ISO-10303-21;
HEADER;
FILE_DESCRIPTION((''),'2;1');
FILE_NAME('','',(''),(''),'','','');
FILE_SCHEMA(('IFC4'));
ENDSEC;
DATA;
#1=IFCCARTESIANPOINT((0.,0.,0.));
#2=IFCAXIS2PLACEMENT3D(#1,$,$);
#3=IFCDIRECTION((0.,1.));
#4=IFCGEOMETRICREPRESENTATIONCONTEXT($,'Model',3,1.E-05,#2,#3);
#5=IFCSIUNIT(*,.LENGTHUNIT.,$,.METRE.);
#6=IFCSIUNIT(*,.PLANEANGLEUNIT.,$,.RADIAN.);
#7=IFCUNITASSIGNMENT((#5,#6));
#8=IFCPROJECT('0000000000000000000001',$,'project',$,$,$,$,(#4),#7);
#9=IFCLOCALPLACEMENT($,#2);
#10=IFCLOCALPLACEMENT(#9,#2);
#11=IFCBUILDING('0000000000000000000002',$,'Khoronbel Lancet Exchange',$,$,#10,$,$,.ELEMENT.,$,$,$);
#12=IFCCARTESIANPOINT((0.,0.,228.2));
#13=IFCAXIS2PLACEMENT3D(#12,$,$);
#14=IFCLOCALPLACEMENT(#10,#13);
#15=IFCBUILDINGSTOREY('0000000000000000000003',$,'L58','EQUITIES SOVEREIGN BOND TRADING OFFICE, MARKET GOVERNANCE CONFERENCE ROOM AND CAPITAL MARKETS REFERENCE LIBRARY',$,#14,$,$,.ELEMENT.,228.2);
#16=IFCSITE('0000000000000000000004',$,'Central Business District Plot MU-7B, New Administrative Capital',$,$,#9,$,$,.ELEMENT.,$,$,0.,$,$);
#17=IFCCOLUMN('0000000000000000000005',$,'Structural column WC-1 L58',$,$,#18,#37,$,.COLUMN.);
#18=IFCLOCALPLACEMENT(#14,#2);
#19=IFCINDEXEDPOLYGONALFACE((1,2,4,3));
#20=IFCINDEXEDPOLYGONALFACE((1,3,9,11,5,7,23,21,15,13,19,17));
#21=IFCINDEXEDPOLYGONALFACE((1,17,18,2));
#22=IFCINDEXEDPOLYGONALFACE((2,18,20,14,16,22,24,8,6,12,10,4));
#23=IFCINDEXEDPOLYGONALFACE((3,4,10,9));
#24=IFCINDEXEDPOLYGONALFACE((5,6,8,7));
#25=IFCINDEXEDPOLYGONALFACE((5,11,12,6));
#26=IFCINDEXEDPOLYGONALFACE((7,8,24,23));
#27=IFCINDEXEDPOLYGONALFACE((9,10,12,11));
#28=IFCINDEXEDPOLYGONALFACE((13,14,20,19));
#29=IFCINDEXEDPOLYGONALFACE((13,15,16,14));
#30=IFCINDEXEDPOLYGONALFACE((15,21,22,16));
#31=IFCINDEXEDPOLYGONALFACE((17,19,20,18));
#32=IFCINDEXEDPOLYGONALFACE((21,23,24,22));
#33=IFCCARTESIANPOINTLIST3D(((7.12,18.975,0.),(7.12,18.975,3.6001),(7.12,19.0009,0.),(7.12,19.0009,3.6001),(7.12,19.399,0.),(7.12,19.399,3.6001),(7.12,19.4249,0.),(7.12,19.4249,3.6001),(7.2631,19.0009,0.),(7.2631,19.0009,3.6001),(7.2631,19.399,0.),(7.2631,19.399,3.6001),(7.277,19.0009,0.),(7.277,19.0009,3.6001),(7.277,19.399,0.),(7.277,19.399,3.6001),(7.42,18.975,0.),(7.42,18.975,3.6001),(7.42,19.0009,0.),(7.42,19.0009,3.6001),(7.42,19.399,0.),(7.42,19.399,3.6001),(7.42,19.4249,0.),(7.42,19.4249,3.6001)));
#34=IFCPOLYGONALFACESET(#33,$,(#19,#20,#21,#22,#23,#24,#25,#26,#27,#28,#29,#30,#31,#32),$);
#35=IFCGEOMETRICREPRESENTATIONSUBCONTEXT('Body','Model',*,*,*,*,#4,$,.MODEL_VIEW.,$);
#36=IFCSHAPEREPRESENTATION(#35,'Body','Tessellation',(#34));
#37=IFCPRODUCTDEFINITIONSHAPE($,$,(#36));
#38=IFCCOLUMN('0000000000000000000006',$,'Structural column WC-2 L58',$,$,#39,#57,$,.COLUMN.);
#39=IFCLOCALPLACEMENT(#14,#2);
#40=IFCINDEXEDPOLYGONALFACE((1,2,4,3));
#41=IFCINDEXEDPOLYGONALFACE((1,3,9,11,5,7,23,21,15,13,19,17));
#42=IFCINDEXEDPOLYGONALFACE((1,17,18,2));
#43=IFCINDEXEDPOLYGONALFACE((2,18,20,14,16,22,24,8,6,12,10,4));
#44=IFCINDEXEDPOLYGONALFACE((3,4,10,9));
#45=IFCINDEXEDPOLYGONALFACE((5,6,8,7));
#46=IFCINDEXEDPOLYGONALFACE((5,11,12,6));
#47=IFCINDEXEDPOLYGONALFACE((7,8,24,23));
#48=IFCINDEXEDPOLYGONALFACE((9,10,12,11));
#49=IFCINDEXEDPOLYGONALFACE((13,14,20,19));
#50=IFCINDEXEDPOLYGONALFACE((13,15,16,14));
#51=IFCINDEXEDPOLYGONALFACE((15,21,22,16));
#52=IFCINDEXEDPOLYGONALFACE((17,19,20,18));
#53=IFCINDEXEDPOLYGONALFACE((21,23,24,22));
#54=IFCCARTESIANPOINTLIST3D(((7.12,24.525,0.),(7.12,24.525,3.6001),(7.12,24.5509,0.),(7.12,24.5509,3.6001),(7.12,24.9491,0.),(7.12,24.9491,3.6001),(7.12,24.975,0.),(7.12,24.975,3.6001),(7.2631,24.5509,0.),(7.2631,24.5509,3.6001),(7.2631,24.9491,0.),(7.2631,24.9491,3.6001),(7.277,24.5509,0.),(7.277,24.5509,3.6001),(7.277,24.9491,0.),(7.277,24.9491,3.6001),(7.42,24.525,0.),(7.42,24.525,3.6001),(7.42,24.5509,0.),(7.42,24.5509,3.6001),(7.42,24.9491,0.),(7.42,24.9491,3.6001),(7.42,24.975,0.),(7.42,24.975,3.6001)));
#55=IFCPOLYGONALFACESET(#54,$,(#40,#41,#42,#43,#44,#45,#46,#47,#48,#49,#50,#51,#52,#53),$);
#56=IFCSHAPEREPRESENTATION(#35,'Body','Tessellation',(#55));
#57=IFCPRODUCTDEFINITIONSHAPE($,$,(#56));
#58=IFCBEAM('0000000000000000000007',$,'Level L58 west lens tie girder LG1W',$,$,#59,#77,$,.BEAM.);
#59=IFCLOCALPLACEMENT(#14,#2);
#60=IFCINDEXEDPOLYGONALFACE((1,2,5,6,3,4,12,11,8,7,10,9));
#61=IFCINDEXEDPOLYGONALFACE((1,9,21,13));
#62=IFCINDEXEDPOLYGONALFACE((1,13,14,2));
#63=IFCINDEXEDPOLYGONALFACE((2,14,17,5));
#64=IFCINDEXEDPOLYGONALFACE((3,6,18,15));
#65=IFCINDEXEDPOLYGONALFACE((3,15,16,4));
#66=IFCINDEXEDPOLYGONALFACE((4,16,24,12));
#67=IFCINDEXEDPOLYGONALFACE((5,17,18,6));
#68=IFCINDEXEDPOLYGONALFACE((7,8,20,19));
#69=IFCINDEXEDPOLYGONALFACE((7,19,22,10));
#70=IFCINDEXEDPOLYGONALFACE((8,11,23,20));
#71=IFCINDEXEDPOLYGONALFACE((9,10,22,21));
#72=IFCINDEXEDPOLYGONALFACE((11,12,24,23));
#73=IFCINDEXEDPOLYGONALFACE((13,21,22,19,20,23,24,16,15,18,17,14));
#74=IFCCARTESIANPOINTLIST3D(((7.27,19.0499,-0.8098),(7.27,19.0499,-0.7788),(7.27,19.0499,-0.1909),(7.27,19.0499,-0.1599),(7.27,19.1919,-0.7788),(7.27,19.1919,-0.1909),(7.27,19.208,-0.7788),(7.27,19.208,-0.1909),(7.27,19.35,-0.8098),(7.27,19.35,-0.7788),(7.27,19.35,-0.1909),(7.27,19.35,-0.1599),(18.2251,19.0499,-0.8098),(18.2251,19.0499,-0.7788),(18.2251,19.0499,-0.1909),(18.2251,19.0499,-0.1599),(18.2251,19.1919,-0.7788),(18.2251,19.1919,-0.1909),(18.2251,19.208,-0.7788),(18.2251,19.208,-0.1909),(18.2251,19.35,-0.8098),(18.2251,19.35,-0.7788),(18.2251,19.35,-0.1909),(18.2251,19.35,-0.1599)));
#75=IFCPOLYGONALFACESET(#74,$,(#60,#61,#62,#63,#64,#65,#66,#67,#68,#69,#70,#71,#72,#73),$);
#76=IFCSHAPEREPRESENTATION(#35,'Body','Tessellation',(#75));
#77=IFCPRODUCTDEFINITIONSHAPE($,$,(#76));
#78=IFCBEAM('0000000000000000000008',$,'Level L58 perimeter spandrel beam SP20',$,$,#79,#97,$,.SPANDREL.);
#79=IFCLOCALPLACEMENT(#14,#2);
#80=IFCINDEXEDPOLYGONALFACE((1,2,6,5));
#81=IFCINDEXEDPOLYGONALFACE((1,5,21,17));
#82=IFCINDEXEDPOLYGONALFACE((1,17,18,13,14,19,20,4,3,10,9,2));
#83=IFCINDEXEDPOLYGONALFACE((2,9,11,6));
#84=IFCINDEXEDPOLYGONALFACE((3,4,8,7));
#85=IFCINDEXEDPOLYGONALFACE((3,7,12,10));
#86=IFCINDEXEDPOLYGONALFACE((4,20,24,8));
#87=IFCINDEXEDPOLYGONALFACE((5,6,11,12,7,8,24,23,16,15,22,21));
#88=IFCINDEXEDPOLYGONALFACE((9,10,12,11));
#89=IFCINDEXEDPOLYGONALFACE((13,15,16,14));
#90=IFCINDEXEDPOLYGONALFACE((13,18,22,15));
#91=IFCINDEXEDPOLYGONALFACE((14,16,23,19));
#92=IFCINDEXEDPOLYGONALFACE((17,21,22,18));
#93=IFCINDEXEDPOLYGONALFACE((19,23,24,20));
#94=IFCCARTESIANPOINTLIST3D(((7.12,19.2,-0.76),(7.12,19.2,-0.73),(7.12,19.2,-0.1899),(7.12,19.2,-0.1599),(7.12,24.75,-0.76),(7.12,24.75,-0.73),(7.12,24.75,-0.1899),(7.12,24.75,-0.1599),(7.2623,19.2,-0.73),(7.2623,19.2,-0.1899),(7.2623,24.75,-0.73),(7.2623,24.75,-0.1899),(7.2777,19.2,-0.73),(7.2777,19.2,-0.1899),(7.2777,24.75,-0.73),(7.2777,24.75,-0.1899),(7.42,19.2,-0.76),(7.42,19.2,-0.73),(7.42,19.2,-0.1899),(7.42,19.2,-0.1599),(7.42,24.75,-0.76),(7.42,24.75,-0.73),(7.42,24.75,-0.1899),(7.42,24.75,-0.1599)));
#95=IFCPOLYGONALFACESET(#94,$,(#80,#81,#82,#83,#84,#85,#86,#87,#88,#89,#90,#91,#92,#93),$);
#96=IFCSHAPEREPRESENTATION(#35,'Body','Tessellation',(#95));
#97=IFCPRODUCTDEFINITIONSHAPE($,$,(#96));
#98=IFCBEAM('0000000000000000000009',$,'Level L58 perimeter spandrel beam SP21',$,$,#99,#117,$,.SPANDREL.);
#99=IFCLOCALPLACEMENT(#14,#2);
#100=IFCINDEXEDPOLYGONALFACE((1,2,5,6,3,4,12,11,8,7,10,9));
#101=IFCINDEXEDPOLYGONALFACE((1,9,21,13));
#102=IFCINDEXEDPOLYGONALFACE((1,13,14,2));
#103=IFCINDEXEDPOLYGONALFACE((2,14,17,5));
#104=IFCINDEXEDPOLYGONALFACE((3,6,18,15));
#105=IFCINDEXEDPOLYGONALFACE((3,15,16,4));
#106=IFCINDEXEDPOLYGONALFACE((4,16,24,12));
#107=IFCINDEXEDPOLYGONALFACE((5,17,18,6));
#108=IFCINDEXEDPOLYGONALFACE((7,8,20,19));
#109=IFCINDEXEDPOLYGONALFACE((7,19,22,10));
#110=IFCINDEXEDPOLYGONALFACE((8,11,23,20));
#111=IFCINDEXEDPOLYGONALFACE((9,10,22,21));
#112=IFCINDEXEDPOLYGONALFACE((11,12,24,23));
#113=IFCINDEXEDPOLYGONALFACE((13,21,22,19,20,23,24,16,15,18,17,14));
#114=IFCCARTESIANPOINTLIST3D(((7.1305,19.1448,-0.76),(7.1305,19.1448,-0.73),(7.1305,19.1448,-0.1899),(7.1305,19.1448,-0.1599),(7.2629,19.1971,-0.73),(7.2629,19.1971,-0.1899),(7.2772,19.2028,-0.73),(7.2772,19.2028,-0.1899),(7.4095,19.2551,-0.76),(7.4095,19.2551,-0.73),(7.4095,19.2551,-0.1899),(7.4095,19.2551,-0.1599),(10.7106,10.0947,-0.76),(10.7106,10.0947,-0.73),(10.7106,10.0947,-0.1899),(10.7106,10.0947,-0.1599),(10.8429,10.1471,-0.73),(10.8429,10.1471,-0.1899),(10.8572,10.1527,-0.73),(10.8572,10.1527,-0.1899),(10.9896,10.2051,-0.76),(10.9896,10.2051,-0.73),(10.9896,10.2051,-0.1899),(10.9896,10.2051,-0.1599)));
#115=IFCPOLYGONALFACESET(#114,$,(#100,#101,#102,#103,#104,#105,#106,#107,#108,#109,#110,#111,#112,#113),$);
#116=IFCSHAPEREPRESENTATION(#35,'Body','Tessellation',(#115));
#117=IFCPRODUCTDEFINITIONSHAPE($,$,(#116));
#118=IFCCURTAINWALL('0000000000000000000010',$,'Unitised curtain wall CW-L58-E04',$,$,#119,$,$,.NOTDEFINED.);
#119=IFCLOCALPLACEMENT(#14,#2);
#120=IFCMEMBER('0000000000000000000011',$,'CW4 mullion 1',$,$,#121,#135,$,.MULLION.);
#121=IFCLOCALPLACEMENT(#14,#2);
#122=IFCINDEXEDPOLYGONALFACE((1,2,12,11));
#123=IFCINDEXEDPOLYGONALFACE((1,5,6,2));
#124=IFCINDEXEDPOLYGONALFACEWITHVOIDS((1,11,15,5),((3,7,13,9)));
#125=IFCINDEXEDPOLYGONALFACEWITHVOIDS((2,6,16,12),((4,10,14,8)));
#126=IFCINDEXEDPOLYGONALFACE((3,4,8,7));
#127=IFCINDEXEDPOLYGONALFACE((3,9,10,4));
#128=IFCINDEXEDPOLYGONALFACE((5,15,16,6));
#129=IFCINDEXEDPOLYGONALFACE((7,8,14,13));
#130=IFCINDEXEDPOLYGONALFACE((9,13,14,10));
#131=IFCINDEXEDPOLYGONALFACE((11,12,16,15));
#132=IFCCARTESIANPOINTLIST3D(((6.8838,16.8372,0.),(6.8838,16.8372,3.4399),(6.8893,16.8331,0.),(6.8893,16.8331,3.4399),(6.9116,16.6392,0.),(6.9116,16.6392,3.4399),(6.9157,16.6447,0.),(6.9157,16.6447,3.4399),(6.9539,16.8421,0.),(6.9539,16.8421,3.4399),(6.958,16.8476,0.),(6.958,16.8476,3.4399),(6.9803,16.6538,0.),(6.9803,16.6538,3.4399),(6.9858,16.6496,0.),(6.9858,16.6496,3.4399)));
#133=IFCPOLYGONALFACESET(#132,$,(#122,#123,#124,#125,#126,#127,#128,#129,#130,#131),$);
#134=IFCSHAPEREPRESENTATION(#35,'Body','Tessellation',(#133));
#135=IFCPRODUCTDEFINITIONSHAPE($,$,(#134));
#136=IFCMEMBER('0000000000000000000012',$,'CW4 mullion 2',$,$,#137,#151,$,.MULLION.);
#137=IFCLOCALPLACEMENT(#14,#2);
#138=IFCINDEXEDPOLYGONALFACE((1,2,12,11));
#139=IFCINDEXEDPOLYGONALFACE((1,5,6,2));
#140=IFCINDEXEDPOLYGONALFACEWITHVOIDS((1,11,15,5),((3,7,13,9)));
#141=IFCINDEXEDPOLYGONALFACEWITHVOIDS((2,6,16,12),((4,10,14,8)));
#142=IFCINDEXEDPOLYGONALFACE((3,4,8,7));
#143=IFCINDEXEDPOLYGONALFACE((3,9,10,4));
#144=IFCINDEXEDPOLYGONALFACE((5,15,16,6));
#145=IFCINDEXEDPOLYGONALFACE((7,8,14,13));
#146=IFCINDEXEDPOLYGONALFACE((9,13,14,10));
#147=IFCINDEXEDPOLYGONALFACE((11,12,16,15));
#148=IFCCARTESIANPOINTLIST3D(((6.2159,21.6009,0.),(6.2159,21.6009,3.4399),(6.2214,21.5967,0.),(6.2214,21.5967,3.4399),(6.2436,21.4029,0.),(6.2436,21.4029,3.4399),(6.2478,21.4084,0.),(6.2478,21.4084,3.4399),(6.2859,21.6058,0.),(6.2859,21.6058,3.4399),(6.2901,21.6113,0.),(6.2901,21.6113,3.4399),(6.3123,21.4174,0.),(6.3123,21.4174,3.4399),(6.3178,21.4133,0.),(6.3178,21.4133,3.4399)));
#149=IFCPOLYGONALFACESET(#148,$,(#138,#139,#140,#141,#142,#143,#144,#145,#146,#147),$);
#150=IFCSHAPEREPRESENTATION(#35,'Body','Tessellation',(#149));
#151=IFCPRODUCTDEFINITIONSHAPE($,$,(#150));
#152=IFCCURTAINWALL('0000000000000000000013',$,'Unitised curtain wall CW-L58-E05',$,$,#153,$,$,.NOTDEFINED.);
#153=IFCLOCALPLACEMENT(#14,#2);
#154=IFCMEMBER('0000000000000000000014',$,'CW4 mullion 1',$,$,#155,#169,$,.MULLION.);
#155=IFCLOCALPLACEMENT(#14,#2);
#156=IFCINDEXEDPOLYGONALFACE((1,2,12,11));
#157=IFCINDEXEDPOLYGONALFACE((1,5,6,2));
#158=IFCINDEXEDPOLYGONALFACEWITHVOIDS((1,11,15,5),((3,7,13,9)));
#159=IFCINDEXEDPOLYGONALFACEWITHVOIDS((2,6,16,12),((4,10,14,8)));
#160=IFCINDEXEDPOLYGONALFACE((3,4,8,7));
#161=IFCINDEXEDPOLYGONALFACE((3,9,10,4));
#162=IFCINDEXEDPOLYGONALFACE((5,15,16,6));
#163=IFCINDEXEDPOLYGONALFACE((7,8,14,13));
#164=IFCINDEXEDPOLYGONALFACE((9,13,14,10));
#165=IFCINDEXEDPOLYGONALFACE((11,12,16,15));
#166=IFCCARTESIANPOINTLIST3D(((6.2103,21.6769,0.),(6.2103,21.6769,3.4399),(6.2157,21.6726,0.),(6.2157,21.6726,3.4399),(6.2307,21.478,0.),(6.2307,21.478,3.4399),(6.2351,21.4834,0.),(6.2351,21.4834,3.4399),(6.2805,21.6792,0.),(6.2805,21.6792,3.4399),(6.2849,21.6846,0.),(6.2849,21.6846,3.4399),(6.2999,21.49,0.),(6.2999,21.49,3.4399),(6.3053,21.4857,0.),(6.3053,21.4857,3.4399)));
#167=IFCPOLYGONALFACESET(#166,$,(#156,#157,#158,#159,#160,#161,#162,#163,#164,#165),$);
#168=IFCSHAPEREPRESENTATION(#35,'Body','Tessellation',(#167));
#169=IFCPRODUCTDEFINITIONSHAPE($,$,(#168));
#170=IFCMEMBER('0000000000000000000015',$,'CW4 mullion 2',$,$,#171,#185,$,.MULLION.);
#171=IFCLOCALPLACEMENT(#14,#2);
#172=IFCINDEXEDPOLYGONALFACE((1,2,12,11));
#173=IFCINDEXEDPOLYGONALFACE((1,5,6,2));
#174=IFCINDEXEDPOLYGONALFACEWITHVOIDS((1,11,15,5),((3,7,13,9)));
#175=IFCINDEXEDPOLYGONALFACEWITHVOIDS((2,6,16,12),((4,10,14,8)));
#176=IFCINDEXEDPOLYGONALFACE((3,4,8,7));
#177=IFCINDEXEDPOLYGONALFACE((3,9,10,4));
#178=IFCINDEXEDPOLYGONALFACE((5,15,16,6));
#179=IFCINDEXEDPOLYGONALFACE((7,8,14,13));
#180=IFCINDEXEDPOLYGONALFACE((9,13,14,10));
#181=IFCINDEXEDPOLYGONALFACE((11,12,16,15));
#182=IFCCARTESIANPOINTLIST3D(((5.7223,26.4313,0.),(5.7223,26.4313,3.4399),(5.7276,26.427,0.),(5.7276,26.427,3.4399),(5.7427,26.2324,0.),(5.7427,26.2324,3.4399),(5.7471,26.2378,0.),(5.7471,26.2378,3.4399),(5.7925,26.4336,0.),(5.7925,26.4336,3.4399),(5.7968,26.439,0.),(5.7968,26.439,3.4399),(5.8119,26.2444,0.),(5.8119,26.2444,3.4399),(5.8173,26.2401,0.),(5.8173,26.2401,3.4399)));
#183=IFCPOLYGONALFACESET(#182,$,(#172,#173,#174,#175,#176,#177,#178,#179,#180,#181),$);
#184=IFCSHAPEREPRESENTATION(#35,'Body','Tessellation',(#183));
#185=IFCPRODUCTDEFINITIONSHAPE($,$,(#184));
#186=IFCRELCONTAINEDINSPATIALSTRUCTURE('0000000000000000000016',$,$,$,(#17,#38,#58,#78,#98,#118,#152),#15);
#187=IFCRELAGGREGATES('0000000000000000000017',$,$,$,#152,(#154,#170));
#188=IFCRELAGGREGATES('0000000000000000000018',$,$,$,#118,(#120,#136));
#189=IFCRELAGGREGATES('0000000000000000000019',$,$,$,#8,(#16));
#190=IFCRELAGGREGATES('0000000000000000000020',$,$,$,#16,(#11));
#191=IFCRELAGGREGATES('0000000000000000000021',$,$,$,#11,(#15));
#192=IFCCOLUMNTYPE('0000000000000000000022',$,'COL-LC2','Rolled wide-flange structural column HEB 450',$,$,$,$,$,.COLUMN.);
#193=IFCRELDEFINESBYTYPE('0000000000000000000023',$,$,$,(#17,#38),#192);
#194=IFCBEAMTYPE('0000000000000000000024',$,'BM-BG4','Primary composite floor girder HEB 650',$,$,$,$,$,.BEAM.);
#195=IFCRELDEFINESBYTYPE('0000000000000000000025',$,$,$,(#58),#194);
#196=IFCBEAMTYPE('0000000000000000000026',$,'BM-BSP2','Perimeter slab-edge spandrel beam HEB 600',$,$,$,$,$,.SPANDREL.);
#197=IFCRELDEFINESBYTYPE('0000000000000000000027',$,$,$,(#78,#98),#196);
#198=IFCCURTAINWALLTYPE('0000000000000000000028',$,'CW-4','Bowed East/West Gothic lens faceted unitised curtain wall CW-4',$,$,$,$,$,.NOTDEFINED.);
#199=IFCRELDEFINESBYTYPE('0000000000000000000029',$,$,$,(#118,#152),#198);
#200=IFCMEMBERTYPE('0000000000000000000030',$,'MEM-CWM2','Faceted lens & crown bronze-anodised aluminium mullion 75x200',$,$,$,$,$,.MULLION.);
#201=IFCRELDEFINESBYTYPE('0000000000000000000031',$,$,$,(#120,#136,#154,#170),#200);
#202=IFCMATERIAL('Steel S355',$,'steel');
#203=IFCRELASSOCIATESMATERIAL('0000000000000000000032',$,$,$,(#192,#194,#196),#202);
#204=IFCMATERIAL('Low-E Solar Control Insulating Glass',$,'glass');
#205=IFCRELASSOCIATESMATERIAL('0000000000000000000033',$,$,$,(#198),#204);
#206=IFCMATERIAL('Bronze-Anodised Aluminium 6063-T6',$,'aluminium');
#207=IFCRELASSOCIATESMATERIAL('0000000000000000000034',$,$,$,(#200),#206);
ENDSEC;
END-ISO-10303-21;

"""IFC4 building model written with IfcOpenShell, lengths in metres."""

from ifc_helpers import new_model, si_unit, direction, frame, origin, origin_2d, place, context, subcontext, project, spatial, hollow_rectangle, i_section, extrude, material, material_profile, profile_set, type_object, element, aggregate, save


model = new_model("IFC4")

# Units and contexts
model_context = context("Model", 3, precision=1e-05, world=origin(), true_north=direction((0.0, 1.0)))
body_context = subcontext(model_context, "Body", "Model", "MODEL_VIEW")
ifc_project = project(units=[si_unit("LENGTHUNIT", "METRE"), si_unit("PLANEANGLEUNIT", "RADIAN")], contexts=[model_context])

# Site, building, storey
site_placement = place(None, origin())
site = spatial("IfcSite", under=ifc_project, at=site_placement, Name="Central Business District Plot MU-7B, New Administrative Capital", CompositionType="ELEMENT", RefElevation=0.0)
building_placement = place(site_placement, origin())
building = spatial("IfcBuilding", under=site, at=building_placement, Name="Khoronbel Lancet Exchange", CompositionType="ELEMENT")
storey_placement = place(building_placement, frame((0.0, 0.0, 228.2)))
storey = spatial("IfcBuildingStorey", under=building, at=storey_placement, Name="L58", Description="EQUITIES SOVEREIGN BOND TRADING OFFICE, MARKET GOVERNANCE CONFERENCE ROOM AND CAPITAL MARKETS REFERENCE LIBRARY", CompositionType="ELEMENT", Elevation=228.2)

# Columns
ifc_material_1 = material(Name="Steel S355", Category="steel")
ifc_material_profile_1 = material_profile(ifc_material_1, i_section(OverallWidth=0.3, OverallDepth=0.45, WebThickness=0.0139, FlangeThickness=0.0259, at=origin_2d()), Name="HEB 450")
ifc_profile_set_1 = profile_set([ifc_material_profile_1], Name="Steel S355")
column_type = type_object("IfcColumnType", Name="COL-LC2", Description="Rolled wide-flange structural column HEB 450", PredefinedType="COLUMN", material=ifc_profile_set_1)
for number, where, z_axis, x_axis, name in (
    (1, (7.27, 19.2, 0.0), (0.0, 0.0, 1.0), (1.0, 0.0, 0.0), "Structural column WC-1 L58"),
    (2, (7.27, 24.75, 0.0), (0.0, 0.0, 1.0), (1.0, 0.0, 0.0), "Structural column WC-2 L58"),
):
    element("IfcColumn", number, at=place(storey_placement, frame(where, z_axis=z_axis, x_axis=x_axis)), inside=storey, type_object=column_type, Name=name, PredefinedType="COLUMN", context=body_context, shape_type="SweptSolid", body=[
        extrude(i_section(OverallWidth=0.3, OverallDepth=0.45, WebThickness=0.0139, FlangeThickness=0.0259, at=origin_2d()), origin(), (0.0, 0.0, 1.0), 3.6001),
    ])

# Beams
ifc_material_profile_2 = material_profile(ifc_material_1, i_section(OverallWidth=0.3, OverallDepth=0.6499, WebThickness=0.0161, FlangeThickness=0.031, at=origin_2d()), Name="HEB 650")
ifc_profile_set_2 = profile_set([ifc_material_profile_2], Name="Steel S355")
beam_type_1 = type_object("IfcBeamType", Name="BM-BG4", Description="Primary composite floor girder HEB 650", PredefinedType="BEAM", material=ifc_profile_set_2)
beam_1_placement = place(storey_placement, frame((7.27, 19.2, -0.4849), z_axis=(1.0, 0.0, 0.0), x_axis=(0.0, 1.0, 0.0)))
element("IfcBeam", 3, at=beam_1_placement, inside=storey, type_object=beam_type_1, Name="Level L58 west lens tie girder LG1W", PredefinedType="BEAM", context=body_context, shape_type="SweptSolid", body=[
    extrude(i_section(OverallWidth=0.3, OverallDepth=0.6499, WebThickness=0.0161, FlangeThickness=0.031, at=origin_2d()), origin(), (0.0, 0.0, 1.0), 10.9551),
])
ifc_material_profile_3 = material_profile(ifc_material_1, i_section(OverallWidth=0.3, OverallDepth=0.6001, WebThickness=0.0154, FlangeThickness=0.03, at=origin_2d()), Name="HEB 600")
ifc_profile_set_3 = profile_set([ifc_material_profile_3], Name="Steel S355")
beam_type_2 = type_object("IfcBeamType", Name="BM-BSP2", Description="Perimeter slab-edge spandrel beam HEB 600", PredefinedType="SPANDREL", material=ifc_profile_set_3)
beam_2_placement = place(storey_placement, frame((7.27, 24.75, -0.46), z_axis=(0.0, -1.0, 0.0), x_axis=(1.0, 0.0, 0.0)))
element("IfcBeam", 4, at=beam_2_placement, inside=storey, type_object=beam_type_2, Name="Level L58 perimeter spandrel beam SP20", PredefinedType="SPANDREL", context=body_context, shape_type="SweptSolid", body=[
    extrude(i_section(OverallWidth=0.3, OverallDepth=0.6001, WebThickness=0.0154, FlangeThickness=0.03, at=origin_2d()), origin(), (0.0, 0.0, 1.0), 5.55),
])
beam_3_placement = place(storey_placement, frame((7.27, 19.2, -0.46), z_axis=(0.36785, -0.929885, 0.0), x_axis=(0.929885, 0.36785, 0.0)))
element("IfcBeam", 5, at=beam_3_placement, inside=storey, type_object=beam_type_2, Name="Level L58 perimeter spandrel beam SP21", PredefinedType="SPANDREL", context=body_context, shape_type="SweptSolid", body=[
    extrude(i_section(OverallWidth=0.3, OverallDepth=0.6001, WebThickness=0.0154, FlangeThickness=0.03, at=origin_2d()), origin(), (0.0, 0.0, 1.0), 9.7324),
])

# Curtain walls, members
ifc_material_2 = material(Name="Low-E Solar Control Insulating Glass", Category="glass")
curtain_wall_type = type_object("IfcCurtainWallType", Name="CW-4", Description="Bowed East/West Gothic lens faceted unitised curtain wall CW-4", PredefinedType="NOTDEFINED", material=ifc_material_2)
curtain_wall_1_placement = place(storey_placement, origin())
curtain_wall_1 = element("IfcCurtainWall", 6, at=curtain_wall_1_placement, inside=storey, type_object=curtain_wall_type, Name="Unitised curtain wall CW-L58-E04", PredefinedType="NOTDEFINED")
ifc_material_3 = material(Name="Bronze-Anodised Aluminium 6063-T6", Category="aluminium")
ifc_material_profile_4 = material_profile(ifc_material_3, hollow_rectangle(XDim=0.075, YDim=0.2, WallThickness=0.0049, at=origin_2d()), Name="ALU MULLION 75x200")
ifc_profile_set_4 = profile_set([ifc_material_profile_4], Name="Bronze-Anodised Aluminium 6063-T6")
member_type_1 = type_object("IfcMemberType", Name="MEM-CWM2", Description="Faceted lens & crown bronze-anodised aluminium mullion 75x200", PredefinedType="MULLION", material=ifc_profile_set_4)
member_1_placement = place(storey_placement, frame((6.9348, 16.7434, 0.0), z_axis=(0.0, 0.0, 1.0), x_axis=(-0.990313, -0.13885, 0.0)))
member_1 = element("IfcMember", 7, at=member_1_placement, type_object=member_type_1, Name="CW4 mullion 1", PredefinedType="MULLION", context=body_context, shape_type="SweptSolid", body=[
    extrude(hollow_rectangle(XDim=0.075, YDim=0.2, WallThickness=0.0049, at=origin_2d()), origin(), (0.0, 0.0, 1.0), 3.4399),
])
member_2_placement = place(storey_placement, frame((6.2668, 21.5071, 0.0), z_axis=(0.0, 0.0, 1.0), x_axis=(-0.990313, -0.13885, 0.0)))
member_2 = element("IfcMember", 8, at=member_2_placement, type_object=member_type_1, Name="CW4 mullion 2", PredefinedType="MULLION", context=body_context, shape_type="SweptSolid", body=[
    extrude(hollow_rectangle(XDim=0.075, YDim=0.2, WallThickness=0.0049, at=origin_2d()), origin(), (0.0, 0.0, 1.0), 3.4399),
])
curtain_wall_2_placement = place(storey_placement, origin())
curtain_wall_2 = element("IfcCurtainWall", 9, at=curtain_wall_2_placement, inside=storey, type_object=curtain_wall_type, Name="Unitised curtain wall CW-L58-E05", PredefinedType="NOTDEFINED")
member_3_placement = place(storey_placement, frame((6.2578, 21.5813, 0.0), z_axis=(0.0, 0.0, 1.0), x_axis=(-0.994772, -0.102116, 0.0)))
member_3 = element("IfcMember", 10, at=member_3_placement, type_object=member_type_1, Name="CW4 mullion 1", PredefinedType="MULLION", context=body_context, shape_type="SweptSolid", body=[
    extrude(hollow_rectangle(XDim=0.075, YDim=0.2, WallThickness=0.0049, at=origin_2d()), origin(), (0.0, 0.0, 1.0), 3.4399),
])
member_4_placement = place(storey_placement, frame((5.7698, 26.3357, 0.0), z_axis=(0.0, 0.0, 1.0), x_axis=(-0.994772, -0.102116, 0.0)))
member_4 = element("IfcMember", 11, at=member_4_placement, type_object=member_type_1, Name="CW4 mullion 2", PredefinedType="MULLION", context=body_context, shape_type="SweptSolid", body=[
    extrude(hollow_rectangle(XDim=0.075, YDim=0.2, WallThickness=0.0049, at=origin_2d()), origin(), (0.0, 0.0, 1.0), 3.4399),
])

aggregate(curtain_wall_2, [member_3, member_4])
aggregate(curtain_wall_1, [member_1, member_2])

save(model, "model.ifc")
